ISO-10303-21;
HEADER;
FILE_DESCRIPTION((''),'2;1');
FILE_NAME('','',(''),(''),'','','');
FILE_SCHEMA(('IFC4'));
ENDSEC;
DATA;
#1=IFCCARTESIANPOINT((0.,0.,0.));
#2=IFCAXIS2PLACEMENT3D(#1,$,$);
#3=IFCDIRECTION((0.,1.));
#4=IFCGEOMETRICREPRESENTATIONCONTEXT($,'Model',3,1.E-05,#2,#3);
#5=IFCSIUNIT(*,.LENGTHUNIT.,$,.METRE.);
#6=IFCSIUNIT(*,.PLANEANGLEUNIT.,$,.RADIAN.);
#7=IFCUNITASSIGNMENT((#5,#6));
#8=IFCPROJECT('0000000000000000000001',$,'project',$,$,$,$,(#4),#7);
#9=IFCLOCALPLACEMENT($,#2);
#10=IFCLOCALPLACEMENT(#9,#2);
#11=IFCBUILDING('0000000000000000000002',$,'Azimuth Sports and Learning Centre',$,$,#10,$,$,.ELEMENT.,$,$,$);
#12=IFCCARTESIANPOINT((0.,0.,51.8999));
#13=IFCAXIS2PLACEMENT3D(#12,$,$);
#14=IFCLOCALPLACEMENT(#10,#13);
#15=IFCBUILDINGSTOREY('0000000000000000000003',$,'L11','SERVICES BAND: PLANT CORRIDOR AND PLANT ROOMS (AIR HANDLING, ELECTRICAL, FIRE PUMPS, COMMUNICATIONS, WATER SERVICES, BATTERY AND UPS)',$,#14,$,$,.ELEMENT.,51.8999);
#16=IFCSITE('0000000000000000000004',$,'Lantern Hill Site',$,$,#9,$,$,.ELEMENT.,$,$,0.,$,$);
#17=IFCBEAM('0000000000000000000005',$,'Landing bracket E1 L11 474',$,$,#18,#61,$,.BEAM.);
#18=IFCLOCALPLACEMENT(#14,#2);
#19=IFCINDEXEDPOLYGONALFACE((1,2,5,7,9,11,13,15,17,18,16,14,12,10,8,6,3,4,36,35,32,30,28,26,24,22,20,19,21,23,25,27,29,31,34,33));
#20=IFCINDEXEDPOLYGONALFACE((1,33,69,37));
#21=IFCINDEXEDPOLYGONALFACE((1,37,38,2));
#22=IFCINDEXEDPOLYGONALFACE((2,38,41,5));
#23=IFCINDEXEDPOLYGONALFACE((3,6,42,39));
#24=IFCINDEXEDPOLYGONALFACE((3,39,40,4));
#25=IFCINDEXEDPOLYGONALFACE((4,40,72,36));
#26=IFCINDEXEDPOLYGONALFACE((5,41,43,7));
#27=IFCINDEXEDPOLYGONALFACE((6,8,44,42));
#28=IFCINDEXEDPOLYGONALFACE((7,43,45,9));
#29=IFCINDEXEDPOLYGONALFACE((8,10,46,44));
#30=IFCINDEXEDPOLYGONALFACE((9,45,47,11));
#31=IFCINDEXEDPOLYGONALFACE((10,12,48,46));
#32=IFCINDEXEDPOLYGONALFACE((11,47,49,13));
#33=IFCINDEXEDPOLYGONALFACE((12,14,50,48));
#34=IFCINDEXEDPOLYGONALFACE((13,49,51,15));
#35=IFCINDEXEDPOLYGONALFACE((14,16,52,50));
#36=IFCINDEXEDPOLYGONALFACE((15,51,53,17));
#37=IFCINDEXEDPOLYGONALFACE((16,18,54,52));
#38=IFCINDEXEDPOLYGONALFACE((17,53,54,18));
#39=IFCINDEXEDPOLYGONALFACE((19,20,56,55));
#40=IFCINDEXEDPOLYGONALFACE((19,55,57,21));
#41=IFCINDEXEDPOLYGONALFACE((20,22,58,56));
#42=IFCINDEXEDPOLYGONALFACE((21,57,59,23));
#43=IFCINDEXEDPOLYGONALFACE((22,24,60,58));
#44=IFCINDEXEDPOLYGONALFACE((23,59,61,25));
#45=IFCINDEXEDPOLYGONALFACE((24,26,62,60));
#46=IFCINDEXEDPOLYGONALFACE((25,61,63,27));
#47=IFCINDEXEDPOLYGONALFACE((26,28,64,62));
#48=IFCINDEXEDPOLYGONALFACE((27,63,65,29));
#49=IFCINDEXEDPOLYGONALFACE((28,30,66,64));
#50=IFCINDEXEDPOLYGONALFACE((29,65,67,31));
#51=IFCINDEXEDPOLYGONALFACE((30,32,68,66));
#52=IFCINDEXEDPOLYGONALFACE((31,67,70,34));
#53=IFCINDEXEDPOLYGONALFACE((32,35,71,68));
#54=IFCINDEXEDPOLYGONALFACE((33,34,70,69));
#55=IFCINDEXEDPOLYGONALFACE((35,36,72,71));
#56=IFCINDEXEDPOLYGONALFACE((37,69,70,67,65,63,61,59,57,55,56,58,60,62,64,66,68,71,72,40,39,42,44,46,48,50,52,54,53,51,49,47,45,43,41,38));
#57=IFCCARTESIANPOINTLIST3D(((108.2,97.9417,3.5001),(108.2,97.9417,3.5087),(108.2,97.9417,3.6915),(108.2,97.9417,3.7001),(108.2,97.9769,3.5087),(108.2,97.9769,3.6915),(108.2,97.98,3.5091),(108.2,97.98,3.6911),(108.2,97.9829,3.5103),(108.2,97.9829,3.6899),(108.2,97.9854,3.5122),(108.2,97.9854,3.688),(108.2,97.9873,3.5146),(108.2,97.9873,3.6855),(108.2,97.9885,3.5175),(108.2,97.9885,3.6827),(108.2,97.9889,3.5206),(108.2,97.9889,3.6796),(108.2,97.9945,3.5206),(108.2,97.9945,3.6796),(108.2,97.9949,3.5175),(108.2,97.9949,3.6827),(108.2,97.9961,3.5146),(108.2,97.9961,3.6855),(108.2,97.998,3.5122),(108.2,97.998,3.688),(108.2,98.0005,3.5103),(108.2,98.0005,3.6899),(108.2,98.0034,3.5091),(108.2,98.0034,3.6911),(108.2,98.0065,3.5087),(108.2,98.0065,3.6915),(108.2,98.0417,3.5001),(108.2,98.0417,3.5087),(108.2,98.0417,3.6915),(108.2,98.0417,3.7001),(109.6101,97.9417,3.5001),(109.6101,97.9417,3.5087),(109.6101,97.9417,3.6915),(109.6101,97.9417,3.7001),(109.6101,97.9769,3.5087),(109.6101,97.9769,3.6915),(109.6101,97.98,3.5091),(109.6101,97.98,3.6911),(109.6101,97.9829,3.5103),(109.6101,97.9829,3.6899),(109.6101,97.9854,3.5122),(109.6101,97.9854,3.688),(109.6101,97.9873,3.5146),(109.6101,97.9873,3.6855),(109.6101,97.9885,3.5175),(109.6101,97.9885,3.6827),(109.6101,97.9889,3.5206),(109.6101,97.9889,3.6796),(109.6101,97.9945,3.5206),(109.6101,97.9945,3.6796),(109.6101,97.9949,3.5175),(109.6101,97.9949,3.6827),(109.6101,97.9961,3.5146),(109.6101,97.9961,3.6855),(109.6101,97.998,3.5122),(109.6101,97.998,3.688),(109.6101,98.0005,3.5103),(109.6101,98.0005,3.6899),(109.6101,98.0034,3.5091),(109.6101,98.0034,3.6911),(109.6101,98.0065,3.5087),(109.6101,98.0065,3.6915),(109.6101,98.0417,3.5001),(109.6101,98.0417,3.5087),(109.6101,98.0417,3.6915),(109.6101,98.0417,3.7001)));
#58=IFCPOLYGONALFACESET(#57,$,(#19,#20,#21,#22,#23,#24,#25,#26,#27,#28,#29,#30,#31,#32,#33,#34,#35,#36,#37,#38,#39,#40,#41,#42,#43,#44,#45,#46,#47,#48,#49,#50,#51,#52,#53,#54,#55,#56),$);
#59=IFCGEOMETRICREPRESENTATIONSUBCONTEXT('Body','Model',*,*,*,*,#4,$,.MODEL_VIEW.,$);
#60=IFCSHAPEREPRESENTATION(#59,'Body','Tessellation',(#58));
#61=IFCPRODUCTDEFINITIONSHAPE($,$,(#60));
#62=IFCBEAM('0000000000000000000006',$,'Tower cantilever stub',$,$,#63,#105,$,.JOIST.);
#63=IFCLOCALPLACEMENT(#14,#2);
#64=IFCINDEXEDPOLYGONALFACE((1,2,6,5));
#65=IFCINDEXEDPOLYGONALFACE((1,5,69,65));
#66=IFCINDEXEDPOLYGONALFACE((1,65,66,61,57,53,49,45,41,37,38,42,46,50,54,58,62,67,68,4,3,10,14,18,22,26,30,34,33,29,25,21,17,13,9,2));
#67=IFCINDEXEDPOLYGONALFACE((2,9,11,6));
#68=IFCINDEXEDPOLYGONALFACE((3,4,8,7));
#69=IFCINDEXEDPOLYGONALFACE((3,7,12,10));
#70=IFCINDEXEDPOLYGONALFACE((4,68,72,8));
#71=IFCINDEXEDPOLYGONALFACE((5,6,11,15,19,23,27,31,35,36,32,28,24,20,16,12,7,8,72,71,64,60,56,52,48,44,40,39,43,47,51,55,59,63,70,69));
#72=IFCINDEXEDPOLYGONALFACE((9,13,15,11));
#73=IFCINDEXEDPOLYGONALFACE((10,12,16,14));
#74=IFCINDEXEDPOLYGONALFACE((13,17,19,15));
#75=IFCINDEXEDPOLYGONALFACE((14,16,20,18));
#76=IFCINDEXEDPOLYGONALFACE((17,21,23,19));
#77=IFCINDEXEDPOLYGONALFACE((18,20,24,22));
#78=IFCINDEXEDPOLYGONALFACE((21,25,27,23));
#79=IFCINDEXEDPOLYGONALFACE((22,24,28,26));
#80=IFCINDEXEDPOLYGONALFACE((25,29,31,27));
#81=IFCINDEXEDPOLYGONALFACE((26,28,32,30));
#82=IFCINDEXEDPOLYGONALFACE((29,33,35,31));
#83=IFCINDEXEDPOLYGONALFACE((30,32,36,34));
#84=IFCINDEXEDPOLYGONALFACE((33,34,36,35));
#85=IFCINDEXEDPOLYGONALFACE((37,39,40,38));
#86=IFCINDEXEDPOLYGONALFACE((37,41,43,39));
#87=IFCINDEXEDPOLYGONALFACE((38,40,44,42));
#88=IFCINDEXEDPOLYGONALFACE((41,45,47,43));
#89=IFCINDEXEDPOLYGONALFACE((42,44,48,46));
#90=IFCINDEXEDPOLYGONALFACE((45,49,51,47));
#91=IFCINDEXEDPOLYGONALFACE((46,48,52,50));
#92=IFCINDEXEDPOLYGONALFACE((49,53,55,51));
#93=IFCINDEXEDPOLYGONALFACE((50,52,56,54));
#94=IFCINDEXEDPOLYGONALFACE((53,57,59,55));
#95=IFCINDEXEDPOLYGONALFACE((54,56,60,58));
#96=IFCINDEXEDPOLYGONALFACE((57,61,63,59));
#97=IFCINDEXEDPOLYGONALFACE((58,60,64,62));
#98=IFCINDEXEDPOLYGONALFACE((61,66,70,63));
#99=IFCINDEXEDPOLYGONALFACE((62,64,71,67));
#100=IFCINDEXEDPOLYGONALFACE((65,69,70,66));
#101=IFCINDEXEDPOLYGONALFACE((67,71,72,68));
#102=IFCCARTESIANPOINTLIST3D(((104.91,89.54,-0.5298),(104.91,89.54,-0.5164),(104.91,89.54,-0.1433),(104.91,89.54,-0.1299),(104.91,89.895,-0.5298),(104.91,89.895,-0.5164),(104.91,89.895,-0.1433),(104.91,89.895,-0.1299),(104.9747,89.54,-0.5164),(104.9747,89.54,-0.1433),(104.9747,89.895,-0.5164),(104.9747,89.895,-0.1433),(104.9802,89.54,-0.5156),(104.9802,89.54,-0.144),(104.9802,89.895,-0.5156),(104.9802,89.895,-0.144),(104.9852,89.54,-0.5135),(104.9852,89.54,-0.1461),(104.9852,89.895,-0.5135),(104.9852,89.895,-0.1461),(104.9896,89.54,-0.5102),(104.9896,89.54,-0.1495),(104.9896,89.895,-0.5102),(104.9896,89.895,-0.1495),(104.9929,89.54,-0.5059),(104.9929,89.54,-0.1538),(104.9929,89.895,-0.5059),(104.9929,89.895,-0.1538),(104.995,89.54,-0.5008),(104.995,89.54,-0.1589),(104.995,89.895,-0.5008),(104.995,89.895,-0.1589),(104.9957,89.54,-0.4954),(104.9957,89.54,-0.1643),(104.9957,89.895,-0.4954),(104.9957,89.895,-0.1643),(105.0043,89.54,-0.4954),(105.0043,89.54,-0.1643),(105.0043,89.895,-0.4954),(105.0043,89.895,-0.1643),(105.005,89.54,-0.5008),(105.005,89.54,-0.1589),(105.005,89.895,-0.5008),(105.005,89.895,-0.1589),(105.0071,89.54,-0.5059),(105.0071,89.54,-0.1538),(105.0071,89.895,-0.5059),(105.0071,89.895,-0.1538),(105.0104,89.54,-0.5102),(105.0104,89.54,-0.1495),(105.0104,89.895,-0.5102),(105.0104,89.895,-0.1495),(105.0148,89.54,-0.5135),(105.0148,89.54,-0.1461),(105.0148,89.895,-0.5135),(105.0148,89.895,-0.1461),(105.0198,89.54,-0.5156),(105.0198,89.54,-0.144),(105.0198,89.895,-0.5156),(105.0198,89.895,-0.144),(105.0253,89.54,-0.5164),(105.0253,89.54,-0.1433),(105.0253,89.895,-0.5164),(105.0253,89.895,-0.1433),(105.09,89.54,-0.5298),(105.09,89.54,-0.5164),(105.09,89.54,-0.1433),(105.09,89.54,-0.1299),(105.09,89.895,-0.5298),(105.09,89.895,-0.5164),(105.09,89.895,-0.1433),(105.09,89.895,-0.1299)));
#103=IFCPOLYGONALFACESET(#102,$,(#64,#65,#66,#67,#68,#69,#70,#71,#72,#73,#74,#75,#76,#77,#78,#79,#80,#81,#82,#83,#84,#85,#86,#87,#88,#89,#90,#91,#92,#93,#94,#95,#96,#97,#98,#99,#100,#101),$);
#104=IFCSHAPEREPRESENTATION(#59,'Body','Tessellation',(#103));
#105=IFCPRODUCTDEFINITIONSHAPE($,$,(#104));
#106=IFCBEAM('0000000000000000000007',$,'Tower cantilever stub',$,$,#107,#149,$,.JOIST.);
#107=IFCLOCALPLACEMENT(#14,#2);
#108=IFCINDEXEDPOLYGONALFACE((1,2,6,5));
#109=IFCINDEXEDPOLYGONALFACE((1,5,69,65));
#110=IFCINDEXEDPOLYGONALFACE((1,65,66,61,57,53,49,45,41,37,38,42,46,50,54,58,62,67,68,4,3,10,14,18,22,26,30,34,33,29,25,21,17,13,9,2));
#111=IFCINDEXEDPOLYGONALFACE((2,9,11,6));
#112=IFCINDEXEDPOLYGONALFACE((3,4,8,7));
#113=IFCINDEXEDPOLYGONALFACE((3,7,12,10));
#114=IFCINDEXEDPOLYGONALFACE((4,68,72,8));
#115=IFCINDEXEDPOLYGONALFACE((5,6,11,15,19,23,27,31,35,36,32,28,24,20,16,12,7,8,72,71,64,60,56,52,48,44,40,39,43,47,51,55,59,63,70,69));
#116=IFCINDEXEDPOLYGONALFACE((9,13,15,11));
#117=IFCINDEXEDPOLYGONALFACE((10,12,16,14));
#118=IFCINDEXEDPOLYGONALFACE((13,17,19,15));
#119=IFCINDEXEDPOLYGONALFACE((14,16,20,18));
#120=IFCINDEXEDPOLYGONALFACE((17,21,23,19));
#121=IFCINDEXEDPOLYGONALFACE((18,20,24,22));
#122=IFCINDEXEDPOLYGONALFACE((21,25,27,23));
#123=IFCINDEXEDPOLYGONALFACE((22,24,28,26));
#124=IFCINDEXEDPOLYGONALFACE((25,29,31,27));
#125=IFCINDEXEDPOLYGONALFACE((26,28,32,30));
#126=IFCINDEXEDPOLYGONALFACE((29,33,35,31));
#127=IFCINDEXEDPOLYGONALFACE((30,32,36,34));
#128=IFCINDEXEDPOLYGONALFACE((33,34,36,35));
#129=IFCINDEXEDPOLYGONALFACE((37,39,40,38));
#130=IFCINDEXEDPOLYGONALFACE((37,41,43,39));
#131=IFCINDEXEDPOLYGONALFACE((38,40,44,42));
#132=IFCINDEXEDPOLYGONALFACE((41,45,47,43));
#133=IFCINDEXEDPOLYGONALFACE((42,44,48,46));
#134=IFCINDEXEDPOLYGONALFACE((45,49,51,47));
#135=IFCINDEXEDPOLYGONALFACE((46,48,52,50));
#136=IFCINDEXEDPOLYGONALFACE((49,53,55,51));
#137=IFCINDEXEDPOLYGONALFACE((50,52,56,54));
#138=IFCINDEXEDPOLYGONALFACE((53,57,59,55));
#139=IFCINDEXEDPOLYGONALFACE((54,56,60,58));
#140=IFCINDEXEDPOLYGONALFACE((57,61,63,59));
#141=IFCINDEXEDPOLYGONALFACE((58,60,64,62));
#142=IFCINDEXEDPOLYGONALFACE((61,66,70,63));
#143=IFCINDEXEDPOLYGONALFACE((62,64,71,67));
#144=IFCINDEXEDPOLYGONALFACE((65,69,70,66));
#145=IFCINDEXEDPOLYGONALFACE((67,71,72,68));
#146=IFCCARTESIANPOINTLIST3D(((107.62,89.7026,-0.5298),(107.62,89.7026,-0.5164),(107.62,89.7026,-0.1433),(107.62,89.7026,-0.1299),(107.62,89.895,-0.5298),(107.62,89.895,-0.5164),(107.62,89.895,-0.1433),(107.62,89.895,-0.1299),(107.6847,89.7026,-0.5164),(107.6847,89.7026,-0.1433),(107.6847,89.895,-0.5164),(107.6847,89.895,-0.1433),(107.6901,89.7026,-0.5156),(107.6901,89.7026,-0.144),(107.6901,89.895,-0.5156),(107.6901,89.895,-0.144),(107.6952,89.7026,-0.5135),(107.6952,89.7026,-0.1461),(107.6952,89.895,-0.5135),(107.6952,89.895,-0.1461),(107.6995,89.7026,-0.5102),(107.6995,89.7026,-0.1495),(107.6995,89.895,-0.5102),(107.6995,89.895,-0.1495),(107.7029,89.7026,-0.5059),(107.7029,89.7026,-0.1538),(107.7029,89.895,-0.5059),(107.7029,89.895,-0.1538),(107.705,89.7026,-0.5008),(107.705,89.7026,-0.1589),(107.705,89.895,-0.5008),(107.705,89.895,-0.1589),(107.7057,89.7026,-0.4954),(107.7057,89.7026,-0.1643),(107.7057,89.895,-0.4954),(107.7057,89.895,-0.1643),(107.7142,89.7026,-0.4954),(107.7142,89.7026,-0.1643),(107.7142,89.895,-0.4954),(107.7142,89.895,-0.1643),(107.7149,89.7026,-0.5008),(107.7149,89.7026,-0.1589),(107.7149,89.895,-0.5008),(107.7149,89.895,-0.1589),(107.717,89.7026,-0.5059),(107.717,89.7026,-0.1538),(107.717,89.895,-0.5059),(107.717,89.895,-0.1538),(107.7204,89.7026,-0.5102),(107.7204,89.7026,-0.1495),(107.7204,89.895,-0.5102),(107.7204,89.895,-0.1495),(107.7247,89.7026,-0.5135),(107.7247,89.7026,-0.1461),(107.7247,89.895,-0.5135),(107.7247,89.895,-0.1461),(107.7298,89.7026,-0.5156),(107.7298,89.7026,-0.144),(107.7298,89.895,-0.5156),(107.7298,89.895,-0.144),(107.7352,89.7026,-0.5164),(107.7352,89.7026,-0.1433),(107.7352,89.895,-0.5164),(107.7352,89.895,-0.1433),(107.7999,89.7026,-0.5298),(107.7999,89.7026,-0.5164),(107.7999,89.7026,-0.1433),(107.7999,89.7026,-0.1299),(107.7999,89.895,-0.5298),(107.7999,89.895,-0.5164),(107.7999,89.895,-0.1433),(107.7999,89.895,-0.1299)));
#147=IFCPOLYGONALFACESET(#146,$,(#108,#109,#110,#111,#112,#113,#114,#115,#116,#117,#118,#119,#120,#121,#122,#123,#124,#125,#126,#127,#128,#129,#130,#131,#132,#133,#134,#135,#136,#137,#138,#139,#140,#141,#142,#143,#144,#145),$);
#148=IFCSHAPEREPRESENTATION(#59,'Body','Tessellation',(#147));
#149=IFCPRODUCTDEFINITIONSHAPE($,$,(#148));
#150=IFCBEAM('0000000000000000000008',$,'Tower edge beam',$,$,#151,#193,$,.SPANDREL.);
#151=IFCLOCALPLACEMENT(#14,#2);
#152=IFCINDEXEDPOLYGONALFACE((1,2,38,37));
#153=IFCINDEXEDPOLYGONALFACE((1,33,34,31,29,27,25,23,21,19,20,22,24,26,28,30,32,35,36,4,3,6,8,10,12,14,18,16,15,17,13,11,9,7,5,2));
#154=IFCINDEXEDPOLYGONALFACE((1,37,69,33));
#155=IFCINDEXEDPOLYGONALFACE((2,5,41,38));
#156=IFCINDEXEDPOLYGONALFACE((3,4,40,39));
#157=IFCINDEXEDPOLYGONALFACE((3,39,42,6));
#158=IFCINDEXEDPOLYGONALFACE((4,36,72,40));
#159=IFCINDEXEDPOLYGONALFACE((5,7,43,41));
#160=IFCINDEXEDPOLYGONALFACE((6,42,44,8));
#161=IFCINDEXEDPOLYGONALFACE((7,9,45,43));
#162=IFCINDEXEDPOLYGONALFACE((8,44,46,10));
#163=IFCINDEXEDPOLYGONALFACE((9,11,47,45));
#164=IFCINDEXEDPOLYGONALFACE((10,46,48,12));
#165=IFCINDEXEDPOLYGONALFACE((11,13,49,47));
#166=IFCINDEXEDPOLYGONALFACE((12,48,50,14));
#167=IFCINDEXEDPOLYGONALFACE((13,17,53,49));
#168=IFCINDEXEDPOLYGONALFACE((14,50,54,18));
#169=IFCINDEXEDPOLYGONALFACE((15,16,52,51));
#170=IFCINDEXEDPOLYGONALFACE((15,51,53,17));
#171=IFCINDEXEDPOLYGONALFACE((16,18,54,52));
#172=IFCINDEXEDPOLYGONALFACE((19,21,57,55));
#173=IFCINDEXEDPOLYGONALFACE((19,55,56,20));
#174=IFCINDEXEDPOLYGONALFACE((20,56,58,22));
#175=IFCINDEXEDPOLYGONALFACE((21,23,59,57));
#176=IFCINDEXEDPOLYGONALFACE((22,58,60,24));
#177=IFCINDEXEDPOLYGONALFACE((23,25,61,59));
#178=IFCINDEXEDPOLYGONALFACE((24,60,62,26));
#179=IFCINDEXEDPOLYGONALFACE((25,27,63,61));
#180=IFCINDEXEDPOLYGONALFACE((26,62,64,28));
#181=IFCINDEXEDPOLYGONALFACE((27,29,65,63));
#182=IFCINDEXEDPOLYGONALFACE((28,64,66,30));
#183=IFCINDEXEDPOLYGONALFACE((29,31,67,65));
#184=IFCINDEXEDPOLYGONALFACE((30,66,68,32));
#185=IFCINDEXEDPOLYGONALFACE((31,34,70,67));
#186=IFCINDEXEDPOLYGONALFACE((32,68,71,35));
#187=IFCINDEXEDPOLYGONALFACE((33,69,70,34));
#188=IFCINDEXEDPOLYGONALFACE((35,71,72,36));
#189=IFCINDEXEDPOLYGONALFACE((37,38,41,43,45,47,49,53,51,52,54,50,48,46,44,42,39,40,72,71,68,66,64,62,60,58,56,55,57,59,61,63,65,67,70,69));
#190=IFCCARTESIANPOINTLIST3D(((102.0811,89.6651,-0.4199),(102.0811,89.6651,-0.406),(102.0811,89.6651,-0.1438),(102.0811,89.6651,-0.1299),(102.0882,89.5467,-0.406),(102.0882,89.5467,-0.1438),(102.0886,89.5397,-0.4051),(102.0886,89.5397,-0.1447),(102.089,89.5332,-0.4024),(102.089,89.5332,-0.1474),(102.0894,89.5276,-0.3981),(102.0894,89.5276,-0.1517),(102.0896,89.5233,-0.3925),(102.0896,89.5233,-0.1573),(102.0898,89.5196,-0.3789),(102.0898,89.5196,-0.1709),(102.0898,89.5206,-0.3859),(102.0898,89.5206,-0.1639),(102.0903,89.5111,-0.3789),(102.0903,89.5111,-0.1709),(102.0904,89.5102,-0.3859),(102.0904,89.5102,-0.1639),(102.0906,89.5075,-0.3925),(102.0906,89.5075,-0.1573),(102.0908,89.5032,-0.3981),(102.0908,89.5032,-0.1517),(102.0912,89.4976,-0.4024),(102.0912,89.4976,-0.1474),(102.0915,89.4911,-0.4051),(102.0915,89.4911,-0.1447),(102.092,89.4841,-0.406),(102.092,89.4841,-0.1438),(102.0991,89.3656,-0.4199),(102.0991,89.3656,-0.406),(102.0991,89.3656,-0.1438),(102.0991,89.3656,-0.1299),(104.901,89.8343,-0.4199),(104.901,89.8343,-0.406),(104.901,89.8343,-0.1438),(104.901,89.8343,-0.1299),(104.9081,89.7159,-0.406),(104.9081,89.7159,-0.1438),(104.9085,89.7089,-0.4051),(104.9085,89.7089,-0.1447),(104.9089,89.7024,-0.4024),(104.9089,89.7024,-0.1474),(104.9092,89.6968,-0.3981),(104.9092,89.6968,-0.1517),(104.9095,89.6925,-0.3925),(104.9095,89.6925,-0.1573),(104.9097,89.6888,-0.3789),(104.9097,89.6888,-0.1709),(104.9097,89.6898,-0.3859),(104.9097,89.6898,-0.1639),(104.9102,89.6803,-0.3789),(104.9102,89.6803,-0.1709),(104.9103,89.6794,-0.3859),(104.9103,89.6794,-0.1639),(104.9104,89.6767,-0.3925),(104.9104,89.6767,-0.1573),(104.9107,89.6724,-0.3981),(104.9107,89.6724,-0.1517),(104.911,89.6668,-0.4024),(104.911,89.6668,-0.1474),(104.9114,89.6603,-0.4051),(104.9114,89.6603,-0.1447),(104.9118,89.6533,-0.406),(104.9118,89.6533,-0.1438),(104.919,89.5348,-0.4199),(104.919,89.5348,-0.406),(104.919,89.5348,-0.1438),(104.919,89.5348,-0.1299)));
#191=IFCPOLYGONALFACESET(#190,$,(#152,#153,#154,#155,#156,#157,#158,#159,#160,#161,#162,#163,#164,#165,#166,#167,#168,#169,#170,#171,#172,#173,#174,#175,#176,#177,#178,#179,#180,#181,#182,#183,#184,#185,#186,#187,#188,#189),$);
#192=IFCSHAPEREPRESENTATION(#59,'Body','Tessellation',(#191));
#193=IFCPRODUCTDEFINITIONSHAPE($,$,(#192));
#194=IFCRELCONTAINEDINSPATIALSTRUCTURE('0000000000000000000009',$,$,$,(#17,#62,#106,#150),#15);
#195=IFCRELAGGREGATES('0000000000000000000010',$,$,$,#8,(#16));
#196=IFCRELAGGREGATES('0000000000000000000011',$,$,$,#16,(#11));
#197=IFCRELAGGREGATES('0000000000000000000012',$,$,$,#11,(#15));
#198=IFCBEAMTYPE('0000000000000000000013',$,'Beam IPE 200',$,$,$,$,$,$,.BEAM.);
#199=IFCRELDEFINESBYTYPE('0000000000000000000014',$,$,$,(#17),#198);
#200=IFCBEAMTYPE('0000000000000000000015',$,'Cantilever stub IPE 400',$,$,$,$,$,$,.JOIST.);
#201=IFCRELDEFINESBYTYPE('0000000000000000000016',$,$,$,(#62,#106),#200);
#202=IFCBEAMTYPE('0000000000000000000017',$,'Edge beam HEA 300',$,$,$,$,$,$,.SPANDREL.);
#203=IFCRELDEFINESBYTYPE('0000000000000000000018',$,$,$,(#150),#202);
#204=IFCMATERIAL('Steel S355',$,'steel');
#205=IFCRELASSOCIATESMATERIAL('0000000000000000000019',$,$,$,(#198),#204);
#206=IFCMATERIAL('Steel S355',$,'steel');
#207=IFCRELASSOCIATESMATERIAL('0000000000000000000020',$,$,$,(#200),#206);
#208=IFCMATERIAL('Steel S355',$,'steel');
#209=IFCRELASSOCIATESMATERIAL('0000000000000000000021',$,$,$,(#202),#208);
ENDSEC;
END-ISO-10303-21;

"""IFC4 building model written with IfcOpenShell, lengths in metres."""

from ifc_helpers import new_model, si_unit, direction, frame, origin, origin_2d, place, context, subcontext, project, spatial, i_section, extrude, material, material_profile, profile_set, type_object, element, save


model = new_model("IFC4")

# Units and contexts
model_context = context("Model", 3, precision=1e-05, world=origin(), true_north=direction((0.0, 1.0)))
body_context = subcontext(model_context, "Body", "Model", "MODEL_VIEW")
ifc_project = project(units=[si_unit("LENGTHUNIT", "METRE"), si_unit("PLANEANGLEUNIT", "RADIAN")], contexts=[model_context])

# Site, building, storey
site_placement = place(None, origin())
site = spatial("IfcSite", under=ifc_project, at=site_placement, Name="Lantern Hill Site", CompositionType="ELEMENT", RefElevation=0.0)
building_placement = place(site_placement, origin())
building = spatial("IfcBuilding", under=site, at=building_placement, Name="Azimuth Sports and Learning Centre", CompositionType="ELEMENT")
storey_placement = place(building_placement, frame((0.0, 0.0, 51.8999)))
storey = spatial("IfcBuildingStorey", under=building, at=storey_placement, Name="L11", Description="SERVICES BAND: PLANT CORRIDOR AND PLANT ROOMS (AIR HANDLING, ELECTRICAL, FIRE PUMPS, COMMUNICATIONS, WATER SERVICES, BATTERY AND UPS)", CompositionType="ELEMENT", Elevation=51.8999)

# Beams
ifc_material_1 = material(Name="Steel S355", Category="steel")
ifc_material_profile_1 = material_profile(ifc_material_1, i_section(OverallWidth=0.1001, OverallDepth=0.2, WebThickness=0.0056, FlangeThickness=0.0085, FilletRadius=0.012, at=origin_2d()), Name="IPE 200")
ifc_profile_set_1 = profile_set([ifc_material_profile_1], Name="Steel S355")
beam_type_1 = type_object("IfcBeamType", Name="Beam IPE 200", PredefinedType="BEAM", material=ifc_profile_set_1)
for number, where, z_axis, x_axis, name in (
    (1, (108.2, 97.9917, 3.6001), (1.0, 0.0, 0.0), (0.0, 1.0, 0.0), "Landing bracket E1 L11 474"),
):
    element("IfcBeam", number, at=place(storey_placement, frame(where, z_axis=z_axis, x_axis=x_axis)), inside=storey, type_object=beam_type_1, Name=name, PredefinedType="BEAM", context=body_context, shape_type="SweptSolid", body=[
        extrude(i_section(OverallWidth=0.1001, OverallDepth=0.2, WebThickness=0.0056, FlangeThickness=0.0085, FilletRadius=0.012, at=origin_2d()), origin(), (0.0, 0.0, 1.0), 1.4102),
    ])
ifc_material_2 = material(Name="Steel S355", Category="steel")
ifc_material_profile_2 = material_profile(ifc_material_2, i_section(OverallWidth=0.1799, OverallDepth=0.3999, WebThickness=0.0085, FlangeThickness=0.0134, FilletRadius=0.021, at=origin_2d()), Name="IPE 400")
ifc_profile_set_2 = profile_set([ifc_material_profile_2], Name="Steel S355")
beam_type_2 = type_object("IfcBeamType", Name="Cantilever stub IPE 400", PredefinedType="JOIST", material=ifc_profile_set_2)
beam_1_placement = place(storey_placement, frame((105.0, 89.895, -0.3298), z_axis=(0.0, -1.0, 0.0), x_axis=(1.0, 0.0, 0.0)))
element("IfcBeam", 2, at=beam_1_placement, inside=storey, type_object=beam_type_2, Name="Tower cantilever stub", PredefinedType="JOIST", context=body_context, shape_type="SweptSolid", body=[
    extrude(i_section(OverallWidth=0.1799, OverallDepth=0.3999, WebThickness=0.0085, FlangeThickness=0.0134, FilletRadius=0.021, at=origin_2d()), origin(), (0.0, 0.0, 1.0), 0.355),
])
beam_2_placement = place(storey_placement, frame((107.71, 89.895, -0.3298), z_axis=(0.0, -1.0, 0.0), x_axis=(1.0, 0.0, 0.0)))
element("IfcBeam", 3, at=beam_2_placement, inside=storey, type_object=beam_type_2, Name="Tower cantilever stub", PredefinedType="JOIST", context=body_context, shape_type="SweptSolid", body=[
    extrude(i_section(OverallWidth=0.1799, OverallDepth=0.3999, WebThickness=0.0085, FlangeThickness=0.0134, FilletRadius=0.021, at=origin_2d()), origin(), (0.0, 0.0, 1.0), 0.1924),
])
ifc_material_3 = material(Name="Steel S355", Category="steel")
ifc_material_profile_3 = material_profile(ifc_material_3, i_section(OverallWidth=0.3, OverallDepth=0.29, WebThickness=0.0085, FlangeThickness=0.0139, FilletRadius=0.0271, at=origin_2d()), Name="HEA 300")
ifc_profile_set_3 = profile_set([ifc_material_profile_3], Name="Steel S355")
beam_type_3 = type_object("IfcBeamType", Name="Edge beam HEA 300", PredefinedType="SPANDREL", material=ifc_profile_set_3)
beam_3_placement = place(storey_placement, frame((102.0901, 89.5154, -0.2749), z_axis=(0.998205, 0.059892, 0.0), x_axis=(-0.059892, 0.998205, 0.0)))
element("IfcBeam", 4, at=beam_3_placement, inside=storey, type_object=beam_type_3, Name="Tower edge beam", PredefinedType="SPANDREL", context=body_context, shape_type="SweptSolid", body=[
    extrude(i_section(OverallWidth=0.3, OverallDepth=0.29, WebThickness=0.0085, FlangeThickness=0.0139, FilletRadius=0.0271, at=origin_2d()), origin(), (0.0, 0.0, 1.0), 2.825),
])

save(model, "model.ifc")
